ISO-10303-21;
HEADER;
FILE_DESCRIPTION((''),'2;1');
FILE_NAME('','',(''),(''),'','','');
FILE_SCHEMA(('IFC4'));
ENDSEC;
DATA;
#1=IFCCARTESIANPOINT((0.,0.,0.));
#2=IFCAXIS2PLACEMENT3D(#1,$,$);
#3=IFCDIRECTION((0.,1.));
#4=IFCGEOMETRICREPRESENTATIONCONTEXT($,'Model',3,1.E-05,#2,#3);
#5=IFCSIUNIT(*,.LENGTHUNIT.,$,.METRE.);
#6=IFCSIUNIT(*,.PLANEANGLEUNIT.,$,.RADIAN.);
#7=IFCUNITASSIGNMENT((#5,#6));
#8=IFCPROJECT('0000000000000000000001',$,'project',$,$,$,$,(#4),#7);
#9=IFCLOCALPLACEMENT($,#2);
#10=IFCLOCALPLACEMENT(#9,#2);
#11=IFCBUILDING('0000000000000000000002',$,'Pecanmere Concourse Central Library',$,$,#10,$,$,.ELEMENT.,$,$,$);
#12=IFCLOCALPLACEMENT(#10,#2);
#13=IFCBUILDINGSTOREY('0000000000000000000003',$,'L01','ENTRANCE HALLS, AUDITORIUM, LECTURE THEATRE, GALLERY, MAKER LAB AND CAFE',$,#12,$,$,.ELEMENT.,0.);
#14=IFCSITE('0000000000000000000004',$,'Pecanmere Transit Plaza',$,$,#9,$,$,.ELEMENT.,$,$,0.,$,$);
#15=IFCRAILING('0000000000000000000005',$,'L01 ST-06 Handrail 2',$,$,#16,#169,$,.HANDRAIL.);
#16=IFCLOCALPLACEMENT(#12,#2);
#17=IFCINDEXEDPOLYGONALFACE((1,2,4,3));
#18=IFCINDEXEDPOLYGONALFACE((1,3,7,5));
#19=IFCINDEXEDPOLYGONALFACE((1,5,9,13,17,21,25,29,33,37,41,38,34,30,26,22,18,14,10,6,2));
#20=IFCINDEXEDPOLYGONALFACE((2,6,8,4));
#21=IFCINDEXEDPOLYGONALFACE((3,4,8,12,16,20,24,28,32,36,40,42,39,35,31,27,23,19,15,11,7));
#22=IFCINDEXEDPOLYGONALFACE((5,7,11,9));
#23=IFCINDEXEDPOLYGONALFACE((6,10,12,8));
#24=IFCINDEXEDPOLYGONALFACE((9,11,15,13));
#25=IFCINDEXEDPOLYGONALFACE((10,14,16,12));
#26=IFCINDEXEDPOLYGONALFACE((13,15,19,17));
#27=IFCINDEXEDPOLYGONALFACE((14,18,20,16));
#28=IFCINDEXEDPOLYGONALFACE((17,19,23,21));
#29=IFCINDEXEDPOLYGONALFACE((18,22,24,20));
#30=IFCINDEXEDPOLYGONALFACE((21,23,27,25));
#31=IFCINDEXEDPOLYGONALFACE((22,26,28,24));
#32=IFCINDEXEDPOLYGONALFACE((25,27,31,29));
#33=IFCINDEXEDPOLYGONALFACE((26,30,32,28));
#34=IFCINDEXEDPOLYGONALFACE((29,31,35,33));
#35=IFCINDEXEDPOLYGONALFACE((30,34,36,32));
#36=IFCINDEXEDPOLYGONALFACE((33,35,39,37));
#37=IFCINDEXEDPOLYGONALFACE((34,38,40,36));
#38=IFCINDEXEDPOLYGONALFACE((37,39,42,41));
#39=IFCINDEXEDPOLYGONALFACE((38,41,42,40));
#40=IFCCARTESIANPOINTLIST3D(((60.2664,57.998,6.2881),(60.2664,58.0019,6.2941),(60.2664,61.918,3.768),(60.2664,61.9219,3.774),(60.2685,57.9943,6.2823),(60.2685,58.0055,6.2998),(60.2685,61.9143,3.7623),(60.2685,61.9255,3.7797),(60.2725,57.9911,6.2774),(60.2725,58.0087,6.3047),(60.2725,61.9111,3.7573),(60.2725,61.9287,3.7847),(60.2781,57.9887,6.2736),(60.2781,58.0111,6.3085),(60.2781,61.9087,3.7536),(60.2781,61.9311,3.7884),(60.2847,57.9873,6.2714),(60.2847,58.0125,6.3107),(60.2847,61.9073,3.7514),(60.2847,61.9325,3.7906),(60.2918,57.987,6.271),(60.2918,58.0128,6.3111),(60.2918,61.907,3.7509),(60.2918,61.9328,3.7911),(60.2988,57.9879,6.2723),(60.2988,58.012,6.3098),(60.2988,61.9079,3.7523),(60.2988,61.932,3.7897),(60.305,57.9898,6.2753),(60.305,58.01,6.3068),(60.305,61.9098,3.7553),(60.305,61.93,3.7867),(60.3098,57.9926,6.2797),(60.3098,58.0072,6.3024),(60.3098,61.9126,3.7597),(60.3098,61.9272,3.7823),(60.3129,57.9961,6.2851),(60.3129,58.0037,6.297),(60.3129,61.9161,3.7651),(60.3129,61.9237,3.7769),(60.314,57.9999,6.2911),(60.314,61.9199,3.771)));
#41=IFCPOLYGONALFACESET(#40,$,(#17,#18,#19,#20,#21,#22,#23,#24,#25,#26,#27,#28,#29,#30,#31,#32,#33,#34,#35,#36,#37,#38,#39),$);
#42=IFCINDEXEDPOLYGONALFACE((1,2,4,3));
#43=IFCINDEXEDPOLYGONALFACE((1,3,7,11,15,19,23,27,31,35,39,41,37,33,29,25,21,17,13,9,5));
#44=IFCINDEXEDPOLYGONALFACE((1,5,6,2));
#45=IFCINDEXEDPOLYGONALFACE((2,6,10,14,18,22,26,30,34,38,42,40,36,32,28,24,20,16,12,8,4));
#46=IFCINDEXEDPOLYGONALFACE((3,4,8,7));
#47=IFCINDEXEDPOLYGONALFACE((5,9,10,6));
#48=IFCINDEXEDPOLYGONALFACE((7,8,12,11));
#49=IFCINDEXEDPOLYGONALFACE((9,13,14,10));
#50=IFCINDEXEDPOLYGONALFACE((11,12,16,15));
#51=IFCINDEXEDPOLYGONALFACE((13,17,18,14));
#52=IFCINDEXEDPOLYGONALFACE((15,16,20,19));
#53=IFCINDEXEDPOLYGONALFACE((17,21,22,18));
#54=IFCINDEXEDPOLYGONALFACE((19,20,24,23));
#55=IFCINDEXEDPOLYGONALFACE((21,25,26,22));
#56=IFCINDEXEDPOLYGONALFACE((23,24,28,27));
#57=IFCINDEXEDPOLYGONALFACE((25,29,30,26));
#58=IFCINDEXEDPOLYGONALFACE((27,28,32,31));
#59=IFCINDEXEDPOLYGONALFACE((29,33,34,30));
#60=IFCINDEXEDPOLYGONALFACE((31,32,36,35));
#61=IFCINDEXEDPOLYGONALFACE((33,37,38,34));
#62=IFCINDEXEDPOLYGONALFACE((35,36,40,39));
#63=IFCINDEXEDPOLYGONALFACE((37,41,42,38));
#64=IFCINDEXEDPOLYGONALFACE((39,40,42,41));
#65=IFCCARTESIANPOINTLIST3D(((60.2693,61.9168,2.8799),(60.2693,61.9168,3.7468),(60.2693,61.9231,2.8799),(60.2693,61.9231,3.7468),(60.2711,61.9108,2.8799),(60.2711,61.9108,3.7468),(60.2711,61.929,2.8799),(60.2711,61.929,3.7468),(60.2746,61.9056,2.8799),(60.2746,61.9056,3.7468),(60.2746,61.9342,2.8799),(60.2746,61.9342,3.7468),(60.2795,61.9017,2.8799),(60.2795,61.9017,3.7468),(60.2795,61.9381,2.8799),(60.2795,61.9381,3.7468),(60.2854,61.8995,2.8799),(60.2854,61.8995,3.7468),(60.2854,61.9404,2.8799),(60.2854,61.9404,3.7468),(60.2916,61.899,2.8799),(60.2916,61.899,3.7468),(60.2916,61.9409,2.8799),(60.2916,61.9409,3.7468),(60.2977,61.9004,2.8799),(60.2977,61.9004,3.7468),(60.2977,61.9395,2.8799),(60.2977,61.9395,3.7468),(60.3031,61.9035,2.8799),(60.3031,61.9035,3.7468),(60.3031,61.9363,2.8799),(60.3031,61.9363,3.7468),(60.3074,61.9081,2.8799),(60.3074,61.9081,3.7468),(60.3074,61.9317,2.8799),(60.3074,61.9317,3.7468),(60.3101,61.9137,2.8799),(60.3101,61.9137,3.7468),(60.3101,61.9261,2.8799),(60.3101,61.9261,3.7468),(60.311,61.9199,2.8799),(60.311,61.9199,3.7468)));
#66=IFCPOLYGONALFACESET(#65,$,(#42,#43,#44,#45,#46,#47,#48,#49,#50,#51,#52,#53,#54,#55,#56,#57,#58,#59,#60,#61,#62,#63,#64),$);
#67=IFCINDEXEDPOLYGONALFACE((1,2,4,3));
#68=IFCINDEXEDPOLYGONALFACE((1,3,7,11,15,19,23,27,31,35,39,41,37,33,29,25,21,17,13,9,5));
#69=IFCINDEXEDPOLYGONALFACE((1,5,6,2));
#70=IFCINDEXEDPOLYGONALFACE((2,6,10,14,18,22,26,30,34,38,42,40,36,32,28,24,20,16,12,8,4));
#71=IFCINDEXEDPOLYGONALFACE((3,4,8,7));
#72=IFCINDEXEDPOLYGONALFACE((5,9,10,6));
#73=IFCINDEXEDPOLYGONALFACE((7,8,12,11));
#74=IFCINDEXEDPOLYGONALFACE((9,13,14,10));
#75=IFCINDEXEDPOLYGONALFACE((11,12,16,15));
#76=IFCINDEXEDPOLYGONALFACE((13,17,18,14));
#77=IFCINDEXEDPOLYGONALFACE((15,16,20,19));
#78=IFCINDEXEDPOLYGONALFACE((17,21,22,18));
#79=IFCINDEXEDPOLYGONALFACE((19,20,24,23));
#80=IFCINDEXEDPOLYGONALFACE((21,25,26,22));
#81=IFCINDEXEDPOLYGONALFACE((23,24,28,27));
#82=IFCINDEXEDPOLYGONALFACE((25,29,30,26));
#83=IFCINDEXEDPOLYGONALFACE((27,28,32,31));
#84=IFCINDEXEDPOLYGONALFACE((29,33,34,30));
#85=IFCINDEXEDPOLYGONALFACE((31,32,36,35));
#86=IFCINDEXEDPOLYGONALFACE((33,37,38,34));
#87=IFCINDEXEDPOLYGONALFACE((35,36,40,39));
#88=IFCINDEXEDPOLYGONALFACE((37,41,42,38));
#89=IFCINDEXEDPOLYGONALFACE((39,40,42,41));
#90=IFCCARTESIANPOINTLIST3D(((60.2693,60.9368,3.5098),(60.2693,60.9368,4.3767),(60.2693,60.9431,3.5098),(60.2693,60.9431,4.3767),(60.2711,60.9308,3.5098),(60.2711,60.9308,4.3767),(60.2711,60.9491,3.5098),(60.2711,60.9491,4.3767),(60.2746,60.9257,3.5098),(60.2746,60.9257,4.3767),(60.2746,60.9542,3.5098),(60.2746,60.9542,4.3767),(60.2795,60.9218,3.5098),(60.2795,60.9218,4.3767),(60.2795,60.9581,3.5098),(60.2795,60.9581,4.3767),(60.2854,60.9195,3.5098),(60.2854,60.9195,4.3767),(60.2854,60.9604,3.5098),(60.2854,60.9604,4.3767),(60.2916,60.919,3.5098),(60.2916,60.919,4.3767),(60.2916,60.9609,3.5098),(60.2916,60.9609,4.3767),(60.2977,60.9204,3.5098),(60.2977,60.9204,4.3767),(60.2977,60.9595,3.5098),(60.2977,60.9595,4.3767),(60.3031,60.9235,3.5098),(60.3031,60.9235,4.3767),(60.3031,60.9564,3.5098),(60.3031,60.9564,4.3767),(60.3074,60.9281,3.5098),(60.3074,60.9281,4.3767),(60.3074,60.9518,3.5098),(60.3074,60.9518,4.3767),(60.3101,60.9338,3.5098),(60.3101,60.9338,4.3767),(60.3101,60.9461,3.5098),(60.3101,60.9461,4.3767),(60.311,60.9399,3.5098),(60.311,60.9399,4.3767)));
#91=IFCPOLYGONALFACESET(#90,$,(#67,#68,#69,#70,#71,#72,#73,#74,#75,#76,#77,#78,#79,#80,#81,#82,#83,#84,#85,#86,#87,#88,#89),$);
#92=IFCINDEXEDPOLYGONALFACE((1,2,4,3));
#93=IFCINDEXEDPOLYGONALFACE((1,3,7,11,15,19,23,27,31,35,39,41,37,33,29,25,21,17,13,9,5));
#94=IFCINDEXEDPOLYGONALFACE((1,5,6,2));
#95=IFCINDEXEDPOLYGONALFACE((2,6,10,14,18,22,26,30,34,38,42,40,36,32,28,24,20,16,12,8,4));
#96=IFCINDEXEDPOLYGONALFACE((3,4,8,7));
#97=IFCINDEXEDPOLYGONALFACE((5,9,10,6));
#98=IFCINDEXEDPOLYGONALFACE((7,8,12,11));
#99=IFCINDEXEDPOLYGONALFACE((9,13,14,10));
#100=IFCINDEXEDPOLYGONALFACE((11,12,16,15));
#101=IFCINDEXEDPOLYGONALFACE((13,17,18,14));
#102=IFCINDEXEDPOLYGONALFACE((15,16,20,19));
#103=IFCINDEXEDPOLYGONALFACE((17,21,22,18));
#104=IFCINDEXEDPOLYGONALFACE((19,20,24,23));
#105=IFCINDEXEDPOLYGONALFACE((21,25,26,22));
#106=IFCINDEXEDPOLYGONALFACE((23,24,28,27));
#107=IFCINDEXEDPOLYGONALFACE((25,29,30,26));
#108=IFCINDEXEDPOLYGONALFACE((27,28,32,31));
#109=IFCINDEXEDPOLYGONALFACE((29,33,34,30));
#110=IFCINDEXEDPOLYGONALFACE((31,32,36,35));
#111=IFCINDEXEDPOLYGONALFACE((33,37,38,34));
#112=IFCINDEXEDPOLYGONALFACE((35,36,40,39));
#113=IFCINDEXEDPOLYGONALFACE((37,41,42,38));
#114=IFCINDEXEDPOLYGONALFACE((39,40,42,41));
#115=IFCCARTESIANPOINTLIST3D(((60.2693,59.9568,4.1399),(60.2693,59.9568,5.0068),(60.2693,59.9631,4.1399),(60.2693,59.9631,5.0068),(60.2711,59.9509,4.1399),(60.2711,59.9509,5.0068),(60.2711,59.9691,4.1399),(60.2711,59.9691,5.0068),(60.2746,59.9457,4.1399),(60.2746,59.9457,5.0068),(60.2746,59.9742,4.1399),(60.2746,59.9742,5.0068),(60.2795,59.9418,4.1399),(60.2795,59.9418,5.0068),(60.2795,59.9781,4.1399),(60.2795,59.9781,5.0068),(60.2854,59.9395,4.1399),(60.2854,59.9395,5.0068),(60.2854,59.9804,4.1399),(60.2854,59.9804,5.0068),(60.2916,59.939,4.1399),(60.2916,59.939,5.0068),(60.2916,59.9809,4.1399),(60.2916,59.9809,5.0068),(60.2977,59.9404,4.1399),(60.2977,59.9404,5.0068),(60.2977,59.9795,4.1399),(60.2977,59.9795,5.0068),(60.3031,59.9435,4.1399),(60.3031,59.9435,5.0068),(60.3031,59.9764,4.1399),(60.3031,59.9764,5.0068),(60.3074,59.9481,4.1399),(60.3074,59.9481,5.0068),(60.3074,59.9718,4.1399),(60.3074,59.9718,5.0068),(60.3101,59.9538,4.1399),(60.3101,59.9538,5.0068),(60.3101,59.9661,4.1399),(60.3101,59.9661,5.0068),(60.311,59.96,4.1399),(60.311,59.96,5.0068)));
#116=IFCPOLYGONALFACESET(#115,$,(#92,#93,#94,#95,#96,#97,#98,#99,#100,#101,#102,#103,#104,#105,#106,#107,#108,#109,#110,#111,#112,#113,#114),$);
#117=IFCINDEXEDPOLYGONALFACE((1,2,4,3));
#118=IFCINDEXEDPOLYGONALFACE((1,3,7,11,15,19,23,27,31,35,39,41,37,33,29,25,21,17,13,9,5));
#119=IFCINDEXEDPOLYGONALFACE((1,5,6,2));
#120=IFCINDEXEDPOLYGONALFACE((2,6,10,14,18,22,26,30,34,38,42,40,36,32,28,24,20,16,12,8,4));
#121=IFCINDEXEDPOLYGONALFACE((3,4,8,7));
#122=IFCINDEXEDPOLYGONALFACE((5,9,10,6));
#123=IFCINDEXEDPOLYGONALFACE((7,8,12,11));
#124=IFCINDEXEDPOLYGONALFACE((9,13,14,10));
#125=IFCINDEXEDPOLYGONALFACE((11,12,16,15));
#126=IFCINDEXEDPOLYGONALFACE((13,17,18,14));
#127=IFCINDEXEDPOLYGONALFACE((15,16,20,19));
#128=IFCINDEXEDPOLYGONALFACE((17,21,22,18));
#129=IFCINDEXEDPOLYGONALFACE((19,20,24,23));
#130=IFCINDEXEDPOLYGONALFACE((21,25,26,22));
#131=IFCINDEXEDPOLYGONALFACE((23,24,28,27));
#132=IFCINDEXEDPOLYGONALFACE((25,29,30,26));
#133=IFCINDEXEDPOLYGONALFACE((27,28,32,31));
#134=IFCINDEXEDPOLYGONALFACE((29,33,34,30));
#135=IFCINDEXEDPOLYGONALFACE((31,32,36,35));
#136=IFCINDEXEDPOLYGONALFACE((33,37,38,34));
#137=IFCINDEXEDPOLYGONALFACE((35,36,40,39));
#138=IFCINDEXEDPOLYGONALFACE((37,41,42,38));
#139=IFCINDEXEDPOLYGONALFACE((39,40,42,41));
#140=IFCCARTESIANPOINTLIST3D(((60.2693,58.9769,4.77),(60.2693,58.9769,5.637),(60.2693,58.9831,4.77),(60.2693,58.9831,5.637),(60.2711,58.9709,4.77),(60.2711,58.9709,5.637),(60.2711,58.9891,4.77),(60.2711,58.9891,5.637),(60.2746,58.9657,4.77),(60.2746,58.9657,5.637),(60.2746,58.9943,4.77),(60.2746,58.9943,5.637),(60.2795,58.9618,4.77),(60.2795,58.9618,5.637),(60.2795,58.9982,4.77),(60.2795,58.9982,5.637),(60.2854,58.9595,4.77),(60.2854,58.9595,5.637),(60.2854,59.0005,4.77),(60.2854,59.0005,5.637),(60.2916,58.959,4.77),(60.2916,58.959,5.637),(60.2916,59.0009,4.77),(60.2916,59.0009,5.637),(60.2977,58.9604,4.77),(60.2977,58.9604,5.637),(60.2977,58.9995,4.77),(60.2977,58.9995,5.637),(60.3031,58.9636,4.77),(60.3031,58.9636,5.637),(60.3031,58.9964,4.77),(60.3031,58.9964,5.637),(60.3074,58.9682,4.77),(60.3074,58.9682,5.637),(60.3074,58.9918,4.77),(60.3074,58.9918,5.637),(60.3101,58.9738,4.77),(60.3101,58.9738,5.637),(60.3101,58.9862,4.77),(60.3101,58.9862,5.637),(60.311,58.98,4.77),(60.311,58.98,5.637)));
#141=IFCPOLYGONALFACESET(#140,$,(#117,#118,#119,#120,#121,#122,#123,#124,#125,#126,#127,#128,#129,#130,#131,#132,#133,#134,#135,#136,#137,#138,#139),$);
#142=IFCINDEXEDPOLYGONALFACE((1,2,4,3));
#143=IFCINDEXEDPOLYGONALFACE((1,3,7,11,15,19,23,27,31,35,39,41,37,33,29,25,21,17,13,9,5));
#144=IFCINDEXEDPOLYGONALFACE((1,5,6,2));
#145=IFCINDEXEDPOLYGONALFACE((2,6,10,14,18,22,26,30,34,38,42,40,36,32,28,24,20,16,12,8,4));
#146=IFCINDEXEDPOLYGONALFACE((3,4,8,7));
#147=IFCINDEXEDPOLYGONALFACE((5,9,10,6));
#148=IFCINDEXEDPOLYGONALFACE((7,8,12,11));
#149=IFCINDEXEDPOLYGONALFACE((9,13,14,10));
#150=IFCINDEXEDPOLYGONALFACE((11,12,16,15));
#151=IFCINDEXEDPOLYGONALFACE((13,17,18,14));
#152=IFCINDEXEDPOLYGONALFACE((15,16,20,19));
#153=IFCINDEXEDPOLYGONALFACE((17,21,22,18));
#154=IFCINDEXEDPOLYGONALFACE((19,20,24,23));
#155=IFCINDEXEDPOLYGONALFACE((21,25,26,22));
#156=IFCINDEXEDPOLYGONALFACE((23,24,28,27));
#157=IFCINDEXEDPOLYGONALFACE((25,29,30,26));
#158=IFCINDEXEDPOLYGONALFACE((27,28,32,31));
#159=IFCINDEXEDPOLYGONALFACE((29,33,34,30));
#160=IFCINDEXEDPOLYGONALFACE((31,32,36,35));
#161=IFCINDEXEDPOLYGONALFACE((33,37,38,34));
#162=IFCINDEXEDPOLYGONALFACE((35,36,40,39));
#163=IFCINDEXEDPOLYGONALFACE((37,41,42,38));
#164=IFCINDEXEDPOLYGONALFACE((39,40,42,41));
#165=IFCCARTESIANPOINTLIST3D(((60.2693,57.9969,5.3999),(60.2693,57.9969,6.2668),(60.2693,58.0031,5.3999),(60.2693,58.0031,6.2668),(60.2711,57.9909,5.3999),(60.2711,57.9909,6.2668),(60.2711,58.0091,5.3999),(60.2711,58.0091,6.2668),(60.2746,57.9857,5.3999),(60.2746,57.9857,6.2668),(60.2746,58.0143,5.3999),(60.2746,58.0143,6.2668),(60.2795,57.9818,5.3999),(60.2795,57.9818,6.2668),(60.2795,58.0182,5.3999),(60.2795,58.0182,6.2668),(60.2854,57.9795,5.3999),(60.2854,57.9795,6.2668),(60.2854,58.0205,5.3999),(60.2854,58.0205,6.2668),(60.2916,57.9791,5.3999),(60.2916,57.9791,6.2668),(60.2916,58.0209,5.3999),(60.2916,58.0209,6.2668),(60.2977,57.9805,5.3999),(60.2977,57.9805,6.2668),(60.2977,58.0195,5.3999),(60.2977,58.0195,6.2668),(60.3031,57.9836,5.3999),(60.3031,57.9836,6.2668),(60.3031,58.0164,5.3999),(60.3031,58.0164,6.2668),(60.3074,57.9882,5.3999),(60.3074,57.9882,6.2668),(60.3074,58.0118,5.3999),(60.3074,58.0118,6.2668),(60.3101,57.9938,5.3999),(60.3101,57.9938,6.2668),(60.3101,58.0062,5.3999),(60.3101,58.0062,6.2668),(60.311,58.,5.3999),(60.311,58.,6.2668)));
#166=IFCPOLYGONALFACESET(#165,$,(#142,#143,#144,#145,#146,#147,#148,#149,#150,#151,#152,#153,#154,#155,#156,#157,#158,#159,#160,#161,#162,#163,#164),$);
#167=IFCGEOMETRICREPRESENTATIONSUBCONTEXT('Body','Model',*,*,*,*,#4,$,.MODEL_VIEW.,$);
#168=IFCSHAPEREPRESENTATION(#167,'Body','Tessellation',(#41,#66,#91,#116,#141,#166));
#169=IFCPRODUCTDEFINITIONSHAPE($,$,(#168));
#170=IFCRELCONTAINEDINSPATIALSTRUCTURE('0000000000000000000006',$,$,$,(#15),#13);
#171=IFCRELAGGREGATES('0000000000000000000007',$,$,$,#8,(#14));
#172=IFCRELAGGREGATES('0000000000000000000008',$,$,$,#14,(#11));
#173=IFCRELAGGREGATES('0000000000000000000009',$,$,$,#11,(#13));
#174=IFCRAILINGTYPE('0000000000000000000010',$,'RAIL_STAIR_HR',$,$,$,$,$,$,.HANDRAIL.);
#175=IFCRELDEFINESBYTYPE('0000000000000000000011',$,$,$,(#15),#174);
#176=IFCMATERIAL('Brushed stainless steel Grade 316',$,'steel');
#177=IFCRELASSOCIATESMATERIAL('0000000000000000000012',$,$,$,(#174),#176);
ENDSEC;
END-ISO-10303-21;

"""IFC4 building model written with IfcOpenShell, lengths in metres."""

from ifc_helpers import new_model, si_unit, direction, frame, origin, origin_2d, place, context, subcontext, project, spatial, circle, extrude, material, type_object, element, save


model = new_model("IFC4")

# Units and contexts
model_context = context("Model", 3, precision=1e-05, world=origin(), true_north=direction((0.0, 1.0)))
body_context = subcontext(model_context, "Body", "Model", "MODEL_VIEW")
ifc_project = project(units=[si_unit("LENGTHUNIT", "METRE"), si_unit("PLANEANGLEUNIT", "RADIAN")], contexts=[model_context])

# Site, building, storey
site_placement = place(None, origin())
site = spatial("IfcSite", under=ifc_project, at=site_placement, Name="Pecanmere Transit Plaza", CompositionType="ELEMENT", RefElevation=0.0)
building_placement = place(site_placement, origin())
building = spatial("IfcBuilding", under=site, at=building_placement, Name="Pecanmere Concourse Central Library", CompositionType="ELEMENT")
storey_placement = place(building_placement, origin())
storey = spatial("IfcBuildingStorey", under=building, at=storey_placement, Name="L01", Description="ENTRANCE HALLS, AUDITORIUM, LECTURE THEATRE, GALLERY, MAKER LAB AND CAFE", CompositionType="ELEMENT", Elevation=0.0)

# Railing
ifc_material_1 = material(Name="Brushed stainless steel Grade 316", Category="steel")
railing_type_1 = type_object("IfcRailingType", Name="RAIL_STAIR_HR", PredefinedType="HANDRAIL", material=ifc_material_1)
railing_1_placement = place(storey_placement, frame((60.29, 61.9199, 2.8799)))
element("IfcRailing", 1, at=railing_1_placement, inside=storey, type_object=railing_type_1, Name="L01 ST-06 Handrail 2", PredefinedType="HANDRAIL", context=body_context, shape_type="SweptSolid", body=[
    extrude(circle(Radius=0.0239, at=origin_2d()), frame((0.0, 0.0, 0.8911), z_axis=(0.0, -0.841172, 0.540768), x_axis=(1.0, 0.0, 0.0)), (0.0, 0.0, 1.0), 4.6602),
    extrude(circle(Radius=0.021, at=origin_2d()), origin(), (0.0, 0.0, 1.0), 0.8669),
    extrude(circle(Radius=0.021, at=origin_2d()), frame((0.0, -0.98, 0.6299)), (0.0, 0.0, 1.0), 0.8669),
    extrude(circle(Radius=0.021, at=origin_2d()), frame((0.0, -1.96, 1.26)), (0.0, 0.0, 1.0), 0.8669),
    extrude(circle(Radius=0.021, at=origin_2d()), frame((0.0, -2.9399, 1.8901)), (0.0, 0.0, 1.0), 0.8669),
    extrude(circle(Radius=0.021, at=origin_2d()), frame((0.0, -3.9199, 2.52)), (0.0, 0.0, 1.0), 0.8669),
])

save(model, "model.ifc")
